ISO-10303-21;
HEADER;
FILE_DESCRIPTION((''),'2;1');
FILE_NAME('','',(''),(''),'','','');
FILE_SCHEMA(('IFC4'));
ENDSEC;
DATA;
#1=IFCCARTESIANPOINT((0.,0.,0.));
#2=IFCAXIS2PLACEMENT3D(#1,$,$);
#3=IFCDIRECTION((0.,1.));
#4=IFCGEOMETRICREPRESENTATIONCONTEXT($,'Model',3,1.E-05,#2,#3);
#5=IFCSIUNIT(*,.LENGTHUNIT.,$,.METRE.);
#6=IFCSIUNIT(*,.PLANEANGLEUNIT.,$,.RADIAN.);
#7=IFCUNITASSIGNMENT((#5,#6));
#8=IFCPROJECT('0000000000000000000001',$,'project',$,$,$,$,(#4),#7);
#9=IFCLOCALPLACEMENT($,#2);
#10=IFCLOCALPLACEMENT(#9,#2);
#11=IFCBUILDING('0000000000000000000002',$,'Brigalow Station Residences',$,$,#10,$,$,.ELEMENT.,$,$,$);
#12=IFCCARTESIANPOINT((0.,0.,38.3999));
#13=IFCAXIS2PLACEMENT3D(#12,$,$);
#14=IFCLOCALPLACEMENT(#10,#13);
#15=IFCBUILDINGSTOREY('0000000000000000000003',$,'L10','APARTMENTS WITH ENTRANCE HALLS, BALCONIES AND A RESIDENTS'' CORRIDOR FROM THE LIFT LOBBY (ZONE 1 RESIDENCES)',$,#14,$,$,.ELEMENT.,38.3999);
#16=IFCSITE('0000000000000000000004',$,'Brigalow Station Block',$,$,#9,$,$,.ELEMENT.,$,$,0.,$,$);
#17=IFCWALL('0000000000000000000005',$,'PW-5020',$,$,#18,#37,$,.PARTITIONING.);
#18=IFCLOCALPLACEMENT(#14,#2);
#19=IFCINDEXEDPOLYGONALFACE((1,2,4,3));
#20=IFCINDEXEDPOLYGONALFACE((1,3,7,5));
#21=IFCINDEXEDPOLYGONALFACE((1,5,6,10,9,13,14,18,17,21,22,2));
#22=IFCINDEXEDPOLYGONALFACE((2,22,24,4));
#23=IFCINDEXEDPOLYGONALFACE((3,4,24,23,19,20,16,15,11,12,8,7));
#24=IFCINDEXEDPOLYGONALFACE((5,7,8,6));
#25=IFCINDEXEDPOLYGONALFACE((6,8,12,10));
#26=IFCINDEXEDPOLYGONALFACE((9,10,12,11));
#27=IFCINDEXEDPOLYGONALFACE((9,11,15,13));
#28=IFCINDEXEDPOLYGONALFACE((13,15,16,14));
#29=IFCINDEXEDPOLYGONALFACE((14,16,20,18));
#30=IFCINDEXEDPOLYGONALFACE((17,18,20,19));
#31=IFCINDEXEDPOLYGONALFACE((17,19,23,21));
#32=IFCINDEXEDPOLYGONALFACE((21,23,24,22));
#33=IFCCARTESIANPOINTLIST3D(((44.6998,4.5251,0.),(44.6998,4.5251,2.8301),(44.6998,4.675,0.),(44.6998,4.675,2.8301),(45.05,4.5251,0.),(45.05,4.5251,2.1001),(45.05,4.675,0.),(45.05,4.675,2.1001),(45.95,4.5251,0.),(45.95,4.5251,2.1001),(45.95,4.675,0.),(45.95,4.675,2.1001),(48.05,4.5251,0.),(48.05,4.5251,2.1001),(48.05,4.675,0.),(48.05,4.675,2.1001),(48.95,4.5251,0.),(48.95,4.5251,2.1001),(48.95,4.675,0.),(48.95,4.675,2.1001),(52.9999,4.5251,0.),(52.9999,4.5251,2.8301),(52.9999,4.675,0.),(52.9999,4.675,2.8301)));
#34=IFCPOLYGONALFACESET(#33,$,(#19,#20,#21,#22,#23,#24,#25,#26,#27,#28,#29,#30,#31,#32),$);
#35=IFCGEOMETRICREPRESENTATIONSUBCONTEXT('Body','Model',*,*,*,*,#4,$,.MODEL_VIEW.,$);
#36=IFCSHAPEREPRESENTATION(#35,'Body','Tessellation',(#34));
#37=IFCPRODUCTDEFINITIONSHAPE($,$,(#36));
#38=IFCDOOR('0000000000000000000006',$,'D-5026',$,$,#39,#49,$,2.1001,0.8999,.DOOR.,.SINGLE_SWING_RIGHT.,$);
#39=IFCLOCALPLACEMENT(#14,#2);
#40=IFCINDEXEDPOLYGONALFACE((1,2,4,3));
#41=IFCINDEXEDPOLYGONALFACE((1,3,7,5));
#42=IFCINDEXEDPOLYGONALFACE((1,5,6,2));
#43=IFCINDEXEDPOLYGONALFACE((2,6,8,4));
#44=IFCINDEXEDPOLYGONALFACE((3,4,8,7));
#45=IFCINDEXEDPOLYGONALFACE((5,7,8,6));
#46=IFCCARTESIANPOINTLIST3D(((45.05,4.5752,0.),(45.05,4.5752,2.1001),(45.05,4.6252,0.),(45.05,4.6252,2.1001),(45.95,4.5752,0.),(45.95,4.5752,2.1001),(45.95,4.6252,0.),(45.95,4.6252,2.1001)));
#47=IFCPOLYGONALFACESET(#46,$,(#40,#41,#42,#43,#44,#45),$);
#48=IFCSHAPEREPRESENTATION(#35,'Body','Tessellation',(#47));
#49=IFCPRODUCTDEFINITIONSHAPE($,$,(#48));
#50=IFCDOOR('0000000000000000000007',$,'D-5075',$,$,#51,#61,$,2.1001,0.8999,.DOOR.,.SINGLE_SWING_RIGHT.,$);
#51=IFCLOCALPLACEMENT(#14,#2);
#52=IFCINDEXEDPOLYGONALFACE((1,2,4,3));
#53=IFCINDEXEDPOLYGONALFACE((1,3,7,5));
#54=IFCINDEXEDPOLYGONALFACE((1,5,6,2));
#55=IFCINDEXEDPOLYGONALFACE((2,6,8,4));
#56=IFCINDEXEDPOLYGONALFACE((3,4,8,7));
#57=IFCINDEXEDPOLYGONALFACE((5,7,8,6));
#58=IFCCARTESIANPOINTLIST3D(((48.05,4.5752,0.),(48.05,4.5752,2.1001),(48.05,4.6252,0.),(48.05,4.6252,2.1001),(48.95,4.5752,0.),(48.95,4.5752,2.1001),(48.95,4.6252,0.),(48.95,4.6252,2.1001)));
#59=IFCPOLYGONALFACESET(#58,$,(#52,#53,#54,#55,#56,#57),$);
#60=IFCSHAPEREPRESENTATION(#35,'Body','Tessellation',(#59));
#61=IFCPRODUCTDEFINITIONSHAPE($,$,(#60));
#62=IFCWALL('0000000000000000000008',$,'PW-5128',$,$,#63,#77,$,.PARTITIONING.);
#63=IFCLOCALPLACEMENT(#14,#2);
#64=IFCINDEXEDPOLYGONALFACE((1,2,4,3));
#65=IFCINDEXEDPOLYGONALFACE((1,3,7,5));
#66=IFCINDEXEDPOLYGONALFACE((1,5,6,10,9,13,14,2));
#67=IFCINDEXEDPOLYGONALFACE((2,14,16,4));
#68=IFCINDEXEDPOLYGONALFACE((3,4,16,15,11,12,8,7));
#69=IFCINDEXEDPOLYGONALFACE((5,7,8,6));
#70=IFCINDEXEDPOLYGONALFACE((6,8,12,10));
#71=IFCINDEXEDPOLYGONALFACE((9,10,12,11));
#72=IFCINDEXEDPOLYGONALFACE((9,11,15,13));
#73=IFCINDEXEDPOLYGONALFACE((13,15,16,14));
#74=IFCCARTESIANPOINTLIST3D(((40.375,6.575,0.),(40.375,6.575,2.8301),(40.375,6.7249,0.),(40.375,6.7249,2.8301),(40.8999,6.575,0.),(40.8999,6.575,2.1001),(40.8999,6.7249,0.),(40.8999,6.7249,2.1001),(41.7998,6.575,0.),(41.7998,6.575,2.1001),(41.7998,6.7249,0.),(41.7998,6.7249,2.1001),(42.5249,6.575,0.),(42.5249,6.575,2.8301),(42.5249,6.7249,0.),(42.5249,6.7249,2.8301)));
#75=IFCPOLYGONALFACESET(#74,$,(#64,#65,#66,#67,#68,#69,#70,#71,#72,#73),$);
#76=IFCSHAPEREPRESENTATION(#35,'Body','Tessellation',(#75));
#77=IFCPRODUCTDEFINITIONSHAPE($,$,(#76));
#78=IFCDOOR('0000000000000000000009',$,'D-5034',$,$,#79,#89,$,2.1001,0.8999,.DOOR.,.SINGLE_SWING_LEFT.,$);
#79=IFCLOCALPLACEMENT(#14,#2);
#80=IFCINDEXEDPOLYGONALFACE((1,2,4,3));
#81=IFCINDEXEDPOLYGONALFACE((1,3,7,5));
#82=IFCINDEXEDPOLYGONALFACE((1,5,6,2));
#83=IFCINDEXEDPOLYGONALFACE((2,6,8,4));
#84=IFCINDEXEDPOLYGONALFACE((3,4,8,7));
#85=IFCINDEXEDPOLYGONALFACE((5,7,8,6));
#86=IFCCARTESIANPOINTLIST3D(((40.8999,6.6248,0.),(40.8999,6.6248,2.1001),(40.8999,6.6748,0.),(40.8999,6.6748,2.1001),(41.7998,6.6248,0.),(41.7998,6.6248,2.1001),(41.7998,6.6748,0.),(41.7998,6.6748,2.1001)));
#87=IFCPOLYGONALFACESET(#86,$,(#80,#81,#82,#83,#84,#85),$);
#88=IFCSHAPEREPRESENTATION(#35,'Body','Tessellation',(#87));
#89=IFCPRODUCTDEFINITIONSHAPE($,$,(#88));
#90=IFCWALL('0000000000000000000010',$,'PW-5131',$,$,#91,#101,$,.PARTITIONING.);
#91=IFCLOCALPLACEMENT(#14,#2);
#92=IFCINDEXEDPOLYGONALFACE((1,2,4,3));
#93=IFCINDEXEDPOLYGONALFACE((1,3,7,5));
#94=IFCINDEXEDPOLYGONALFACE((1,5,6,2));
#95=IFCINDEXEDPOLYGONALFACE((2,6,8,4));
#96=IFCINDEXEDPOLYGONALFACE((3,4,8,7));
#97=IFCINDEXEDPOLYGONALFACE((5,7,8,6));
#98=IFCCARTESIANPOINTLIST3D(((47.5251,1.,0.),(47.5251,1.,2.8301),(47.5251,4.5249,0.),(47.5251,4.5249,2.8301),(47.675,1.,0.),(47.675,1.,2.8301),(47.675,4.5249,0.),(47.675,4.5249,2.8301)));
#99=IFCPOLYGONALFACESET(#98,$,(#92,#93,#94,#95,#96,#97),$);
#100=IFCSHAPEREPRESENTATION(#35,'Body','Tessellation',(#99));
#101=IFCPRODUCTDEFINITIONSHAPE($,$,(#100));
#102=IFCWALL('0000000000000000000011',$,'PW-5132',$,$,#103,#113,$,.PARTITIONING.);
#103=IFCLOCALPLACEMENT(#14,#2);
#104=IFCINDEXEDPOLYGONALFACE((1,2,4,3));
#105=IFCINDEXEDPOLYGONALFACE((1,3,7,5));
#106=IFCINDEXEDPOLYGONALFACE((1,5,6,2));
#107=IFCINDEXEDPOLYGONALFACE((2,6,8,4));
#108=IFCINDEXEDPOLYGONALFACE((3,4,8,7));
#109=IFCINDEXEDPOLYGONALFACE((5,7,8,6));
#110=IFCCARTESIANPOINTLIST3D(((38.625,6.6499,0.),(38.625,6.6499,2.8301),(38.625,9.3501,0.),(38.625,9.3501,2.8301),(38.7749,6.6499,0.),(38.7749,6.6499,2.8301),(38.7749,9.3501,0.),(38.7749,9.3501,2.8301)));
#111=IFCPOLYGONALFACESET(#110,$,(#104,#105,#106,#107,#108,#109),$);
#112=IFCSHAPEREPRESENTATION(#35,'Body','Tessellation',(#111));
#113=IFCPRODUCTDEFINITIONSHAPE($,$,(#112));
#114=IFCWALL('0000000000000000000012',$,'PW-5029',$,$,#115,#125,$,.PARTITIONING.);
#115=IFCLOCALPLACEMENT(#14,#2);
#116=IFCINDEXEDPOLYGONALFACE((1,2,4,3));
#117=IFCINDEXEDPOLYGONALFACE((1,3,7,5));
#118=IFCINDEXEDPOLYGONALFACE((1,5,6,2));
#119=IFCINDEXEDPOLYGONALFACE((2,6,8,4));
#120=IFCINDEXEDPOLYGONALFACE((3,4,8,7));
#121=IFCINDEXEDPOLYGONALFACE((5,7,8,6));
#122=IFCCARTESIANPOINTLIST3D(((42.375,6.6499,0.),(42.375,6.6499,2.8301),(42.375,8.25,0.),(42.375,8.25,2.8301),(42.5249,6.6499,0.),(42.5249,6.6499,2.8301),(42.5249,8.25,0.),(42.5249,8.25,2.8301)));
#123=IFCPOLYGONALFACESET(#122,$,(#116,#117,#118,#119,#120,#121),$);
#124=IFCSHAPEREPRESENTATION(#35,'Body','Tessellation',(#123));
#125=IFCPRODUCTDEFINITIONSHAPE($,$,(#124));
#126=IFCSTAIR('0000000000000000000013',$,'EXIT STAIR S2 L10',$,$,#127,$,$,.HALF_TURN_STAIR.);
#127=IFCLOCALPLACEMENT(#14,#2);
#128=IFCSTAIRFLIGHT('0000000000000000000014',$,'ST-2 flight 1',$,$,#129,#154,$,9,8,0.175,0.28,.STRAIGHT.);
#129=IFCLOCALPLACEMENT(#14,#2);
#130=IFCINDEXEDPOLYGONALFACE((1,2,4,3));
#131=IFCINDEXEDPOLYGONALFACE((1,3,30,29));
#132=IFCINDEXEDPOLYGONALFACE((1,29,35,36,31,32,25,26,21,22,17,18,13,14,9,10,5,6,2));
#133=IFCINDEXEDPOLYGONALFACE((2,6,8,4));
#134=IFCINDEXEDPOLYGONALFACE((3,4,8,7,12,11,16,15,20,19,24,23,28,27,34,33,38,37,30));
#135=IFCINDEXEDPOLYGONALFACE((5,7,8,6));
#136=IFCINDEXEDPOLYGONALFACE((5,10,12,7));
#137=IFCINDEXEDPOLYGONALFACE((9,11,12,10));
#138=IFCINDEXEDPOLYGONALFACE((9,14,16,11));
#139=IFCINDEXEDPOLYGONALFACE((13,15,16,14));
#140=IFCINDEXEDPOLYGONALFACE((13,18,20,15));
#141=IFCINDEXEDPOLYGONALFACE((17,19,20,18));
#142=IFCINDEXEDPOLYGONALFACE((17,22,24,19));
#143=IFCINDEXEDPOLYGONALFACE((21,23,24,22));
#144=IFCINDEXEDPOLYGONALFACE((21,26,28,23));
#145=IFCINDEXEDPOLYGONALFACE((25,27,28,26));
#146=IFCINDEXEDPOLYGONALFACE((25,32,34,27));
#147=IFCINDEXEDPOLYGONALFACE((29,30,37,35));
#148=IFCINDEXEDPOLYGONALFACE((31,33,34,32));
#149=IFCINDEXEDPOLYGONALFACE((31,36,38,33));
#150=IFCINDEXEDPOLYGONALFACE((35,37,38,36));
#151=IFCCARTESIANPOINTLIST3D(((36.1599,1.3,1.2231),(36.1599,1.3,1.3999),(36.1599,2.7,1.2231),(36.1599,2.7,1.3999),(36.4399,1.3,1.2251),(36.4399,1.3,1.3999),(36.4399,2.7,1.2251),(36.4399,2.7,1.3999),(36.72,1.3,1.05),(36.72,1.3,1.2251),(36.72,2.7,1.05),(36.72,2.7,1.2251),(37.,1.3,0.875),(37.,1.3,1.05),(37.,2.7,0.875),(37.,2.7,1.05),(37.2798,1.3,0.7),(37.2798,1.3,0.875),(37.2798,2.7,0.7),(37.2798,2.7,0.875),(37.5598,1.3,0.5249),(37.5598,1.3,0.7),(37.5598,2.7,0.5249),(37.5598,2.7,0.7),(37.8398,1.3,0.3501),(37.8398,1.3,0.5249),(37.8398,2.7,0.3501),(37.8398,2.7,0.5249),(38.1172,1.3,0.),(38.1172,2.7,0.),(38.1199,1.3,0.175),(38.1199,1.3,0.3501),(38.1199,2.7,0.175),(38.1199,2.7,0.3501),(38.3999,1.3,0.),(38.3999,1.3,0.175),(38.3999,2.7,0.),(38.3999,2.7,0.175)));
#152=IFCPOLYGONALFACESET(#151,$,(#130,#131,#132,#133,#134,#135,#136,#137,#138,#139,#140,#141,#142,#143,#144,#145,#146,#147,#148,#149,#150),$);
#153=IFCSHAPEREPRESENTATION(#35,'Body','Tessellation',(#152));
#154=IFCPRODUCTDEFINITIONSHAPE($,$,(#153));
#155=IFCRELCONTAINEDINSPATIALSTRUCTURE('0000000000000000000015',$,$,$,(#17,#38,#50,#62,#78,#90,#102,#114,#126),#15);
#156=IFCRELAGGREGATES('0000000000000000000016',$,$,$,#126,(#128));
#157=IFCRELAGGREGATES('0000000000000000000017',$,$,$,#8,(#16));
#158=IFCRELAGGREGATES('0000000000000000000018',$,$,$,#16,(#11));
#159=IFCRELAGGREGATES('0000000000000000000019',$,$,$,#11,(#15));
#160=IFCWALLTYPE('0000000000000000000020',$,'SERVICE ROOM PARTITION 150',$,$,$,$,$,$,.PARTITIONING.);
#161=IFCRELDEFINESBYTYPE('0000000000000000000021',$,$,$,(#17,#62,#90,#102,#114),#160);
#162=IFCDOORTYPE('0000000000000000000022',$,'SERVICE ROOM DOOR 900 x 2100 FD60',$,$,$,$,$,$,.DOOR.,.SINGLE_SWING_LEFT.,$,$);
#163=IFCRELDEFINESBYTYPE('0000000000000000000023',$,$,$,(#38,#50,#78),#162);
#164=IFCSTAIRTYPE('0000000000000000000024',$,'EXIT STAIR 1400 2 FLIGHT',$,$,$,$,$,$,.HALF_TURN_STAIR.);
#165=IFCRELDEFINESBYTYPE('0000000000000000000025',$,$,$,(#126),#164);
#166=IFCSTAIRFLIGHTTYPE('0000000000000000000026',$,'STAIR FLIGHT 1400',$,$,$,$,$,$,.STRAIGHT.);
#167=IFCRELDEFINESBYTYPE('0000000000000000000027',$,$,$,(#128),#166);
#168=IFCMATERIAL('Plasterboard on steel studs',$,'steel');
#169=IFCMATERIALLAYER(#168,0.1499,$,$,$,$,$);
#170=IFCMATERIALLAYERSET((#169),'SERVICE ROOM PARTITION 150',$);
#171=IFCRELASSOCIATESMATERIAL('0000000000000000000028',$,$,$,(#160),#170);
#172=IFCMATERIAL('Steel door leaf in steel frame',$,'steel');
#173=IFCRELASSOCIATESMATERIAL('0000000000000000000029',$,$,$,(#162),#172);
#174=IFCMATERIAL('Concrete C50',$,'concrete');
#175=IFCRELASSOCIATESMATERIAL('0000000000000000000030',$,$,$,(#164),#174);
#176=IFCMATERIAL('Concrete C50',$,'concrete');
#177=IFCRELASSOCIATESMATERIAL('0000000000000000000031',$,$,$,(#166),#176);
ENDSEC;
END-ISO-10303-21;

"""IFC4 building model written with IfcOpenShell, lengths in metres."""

from ifc_helpers import new_model, si_unit, direction, frame, frame_2d, origin, place, context, subcontext, project, spatial, polyline, rectangle, outline, extrude, material, layer, layer_set, type_object, element, fill, aggregate, save


model = new_model("IFC4")

# Units and contexts
model_context = context("Model", 3, precision=1e-05, world=origin(), true_north=direction((0.0, 1.0)))
body_context = subcontext(model_context, "Body", "Model", "MODEL_VIEW")
ifc_project = project(units=[si_unit("LENGTHUNIT", "METRE"), si_unit("PLANEANGLEUNIT", "RADIAN")], contexts=[model_context])

# Site, building, storey
site_placement = place(None, origin())
site = spatial("IfcSite", under=ifc_project, at=site_placement, Name="Brigalow Station Block", CompositionType="ELEMENT", RefElevation=0.0)
building_placement = place(site_placement, origin())
building = spatial("IfcBuilding", under=site, at=building_placement, Name="Brigalow Station Residences", CompositionType="ELEMENT")
storey_placement = place(building_placement, frame((0.0, 0.0, 38.3999)))
storey = spatial("IfcBuildingStorey", under=building, at=storey_placement, Name="L10", Description="APARTMENTS WITH ENTRANCE HALLS, BALCONIES AND A RESIDENTS' CORRIDOR FROM THE LIFT LOBBY (ZONE 1 RESIDENCES)", CompositionType="ELEMENT", Elevation=38.3999)

# Wall, openings, doors
ifc_material_1 = material(Name="Plasterboard on steel studs", Category="steel")
ifc_layer_1 = layer(ifc_material_1, 0.1499)
ifc_layer_set_1 = layer_set([ifc_layer_1], Name="SERVICE ROOM PARTITION 150")
wall_type_1 = type_object("IfcWallType", Name="SERVICE ROOM PARTITION 150", PredefinedType="PARTITIONING", material=ifc_layer_set_1)
wall_1_placement = place(storey_placement, frame((44.7, 4.6001, 0.0), z_axis=(0.0, 0.0, 1.0), x_axis=(1.0, 0.0, 0.0)))
wall_1 = element("IfcWall", 1, at=wall_1_placement, inside=storey, type_object=wall_type_1, Name="PW-5020", PredefinedType="PARTITIONING", context=body_context, shape_type="SweptSolid", body=[
    extrude(rectangle(XDim=8.3, YDim=0.1499, at=frame_2d((4.1499, 0.0))), origin(), (0.0, 0.0, 1.0), 2.8301),
])
opening_1_placement = place(wall_1_placement, frame((0.3501, 0.0, 0.0)))
opening_1 = element("IfcOpeningElement", 2, at=opening_1_placement, cuts=wall_1, PredefinedType="OPENING", context=body_context, shape_type="SweptSolid", body=[
    extrude(rectangle(XDim=0.8999, YDim=2.1001, at=frame_2d((0.45, 1.05))), frame((0.0, 0.085, 0.0), z_axis=(0.0, -1.0, 0.0), x_axis=(1.0, 0.0, 0.0)), (0.0, 0.0, 1.0), 0.1699),
])
opening_2_placement = place(wall_1_placement, frame((3.3501, 0.0, 0.0)))
opening_2 = element("IfcOpeningElement", 3, at=opening_2_placement, cuts=wall_1, PredefinedType="OPENING", context=body_context, shape_type="SweptSolid", body=[
    extrude(rectangle(XDim=0.8999, YDim=2.1001, at=frame_2d((0.45, 1.05))), frame((0.0, 0.085, 0.0), z_axis=(0.0, -1.0, 0.0), x_axis=(1.0, 0.0, 0.0)), (0.0, 0.0, 1.0), 0.1699),
])
ifc_material_2 = material(Name="Steel door leaf in steel frame", Category="steel")
door_type_1 = type_object("IfcDoorType", Name="SERVICE ROOM DOOR 900 x 2100 FD60", OperationType="SINGLE_SWING_LEFT", PredefinedType="DOOR", material=ifc_material_2)
door_1_placement = place(opening_1_placement, frame((0.8999, 0.0, 0.0), z_axis=(0.0, 0.0, 1.0), x_axis=(-1.0, 0.0, 0.0)))
door_1 = element("IfcDoor", 4, at=door_1_placement, inside=storey, type_object=door_type_1, Name="D-5026", OperationType="SINGLE_SWING_RIGHT", OverallHeight=2.1001, OverallWidth=0.8999, PredefinedType="DOOR", context=body_context, shape_type="SweptSolid", body=[
    extrude(rectangle(XDim=0.8999, YDim=2.1001, at=frame_2d((0.45, 1.05))), frame((0.0, 0.0249, 0.0), z_axis=(0.0, -1.0, 0.0), x_axis=(1.0, 0.0, 0.0)), (0.0, 0.0, 1.0), 0.05),
])
fill(opening_1, door_1)
door_2_placement = place(opening_2_placement, frame((0.8999, 0.0, 0.0), z_axis=(0.0, 0.0, 1.0), x_axis=(-1.0, 0.0, 0.0)))
door_2 = element("IfcDoor", 5, at=door_2_placement, inside=storey, type_object=door_type_1, Name="D-5075", OperationType="SINGLE_SWING_RIGHT", OverallHeight=2.1001, OverallWidth=0.8999, PredefinedType="DOOR", context=body_context, shape_type="SweptSolid", body=[
    extrude(rectangle(XDim=0.8999, YDim=2.1001, at=frame_2d((0.45, 1.05))), frame((0.0, 0.0249, 0.0), z_axis=(0.0, -1.0, 0.0), x_axis=(1.0, 0.0, 0.0)), (0.0, 0.0, 1.0), 0.05),
])
fill(opening_2, door_2)

# Wall, opening, door
wall_2_placement = place(storey_placement, frame((40.375, 6.6499, 0.0), z_axis=(0.0, 0.0, 1.0), x_axis=(1.0, 0.0, 0.0)))
wall_2 = element("IfcWall", 6, at=wall_2_placement, inside=storey, type_object=wall_type_1, Name="PW-5128", PredefinedType="PARTITIONING", context=body_context, shape_type="SweptSolid", body=[
    extrude(rectangle(XDim=2.1499, YDim=0.1499, at=frame_2d((1.075, 0.0))), origin(), (0.0, 0.0, 1.0), 2.8301),
])
opening_3_placement = place(wall_2_placement, frame((0.5249, 0.0, 0.0)))
opening_3 = element("IfcOpeningElement", 7, at=opening_3_placement, cuts=wall_2, PredefinedType="OPENING", context=body_context, shape_type="SweptSolid", body=[
    extrude(rectangle(XDim=0.8999, YDim=2.1001, at=frame_2d((0.45, 1.05))), frame((0.0, 0.085, 0.0), z_axis=(0.0, -1.0, 0.0), x_axis=(1.0, 0.0, 0.0)), (0.0, 0.0, 1.0), 0.1699),
])
door_3_placement = place(opening_3_placement, origin())
door_3 = element("IfcDoor", 8, at=door_3_placement, inside=storey, type_object=door_type_1, Name="D-5034", OperationType="SINGLE_SWING_LEFT", OverallHeight=2.1001, OverallWidth=0.8999, PredefinedType="DOOR", context=body_context, shape_type="SweptSolid", body=[
    extrude(rectangle(XDim=0.8999, YDim=2.1001, at=frame_2d((0.45, 1.05))), frame((0.0, 0.0249, 0.0), z_axis=(0.0, -1.0, 0.0), x_axis=(1.0, 0.0, 0.0)), (0.0, 0.0, 1.0), 0.05),
])
fill(opening_3, door_3)

# Walls
wall_3_placement = place(storey_placement, frame((47.6001, 1.0, 0.0), z_axis=(0.0, 0.0, 1.0), x_axis=(0.0, 1.0, 0.0)))
element("IfcWall", 9, at=wall_3_placement, inside=storey, type_object=wall_type_1, Name="PW-5131", PredefinedType="PARTITIONING", context=body_context, shape_type="SweptSolid", body=[
    extrude(rectangle(XDim=3.5249, YDim=0.1499, at=frame_2d((1.7625, 0.0))), origin(), (0.0, 0.0, 1.0), 2.8301),
])
wall_4_placement = place(storey_placement, frame((38.7, 6.6499, 0.0), z_axis=(0.0, 0.0, 1.0), x_axis=(0.0, 1.0, 0.0)))
element("IfcWall", 10, at=wall_4_placement, inside=storey, type_object=wall_type_1, Name="PW-5132", PredefinedType="PARTITIONING", context=body_context, shape_type="SweptSolid", body=[
    extrude(rectangle(XDim=2.7002, YDim=0.1499, at=frame_2d((1.3501, 0.0))), origin(), (0.0, 0.0, 1.0), 2.8301),
])
wall_5_placement = place(storey_placement, frame((42.45, 6.6499, 0.0), z_axis=(0.0, 0.0, 1.0), x_axis=(0.0, 1.0, 0.0)))
element("IfcWall", 11, at=wall_5_placement, inside=storey, type_object=wall_type_1, Name="PW-5029", PredefinedType="PARTITIONING", context=body_context, shape_type="SweptSolid", body=[
    extrude(rectangle(XDim=1.6001, YDim=0.1499, at=frame_2d((0.8, 0.0))), origin(), (0.0, 0.0, 1.0), 2.8301),
])

# Stair, stair flight
ifc_material_3 = material(Name="Concrete C50", Category="concrete")
stair_type = type_object("IfcStairType", Name="EXIT STAIR 1400 2 FLIGHT", PredefinedType="HALF_TURN_STAIR", material=ifc_material_3)
stair_placement = place(storey_placement, origin())
stair = element("IfcStair", 12, at=stair_placement, inside=storey, type_object=stair_type, Name="EXIT STAIR S2 L10", PredefinedType="HALF_TURN_STAIR")
ifc_material_4 = material(Name="Concrete C50", Category="concrete")
stair_flight_type = type_object("IfcStairFlightType", Name="STAIR FLIGHT 1400", PredefinedType="STRAIGHT", material=ifc_material_4)
stair_flight_1_placement = place(storey_placement, frame((38.3999, 2.0, 0.0), z_axis=(0.0, 0.0, 1.0), x_axis=(-1.0, 0.0, 0.0)))
stair_flight_1 = element("IfcStairFlight", 13, at=stair_flight_1_placement, type_object=stair_flight_type, Name="ST-2 flight 1", NumberOfRisers=9, NumberOfTreads=8, PredefinedType="STRAIGHT", RiserHeight=0.175, TreadLength=0.28, context=body_context, shape_type="SweptSolid", body=[
    extrude(outline(polyline([(0.0, 0.0), (0.0, 0.175), (0.28, 0.175), (0.28, 0.3501), (0.5601, 0.3501), (0.5601, 0.5249), (0.8401, 0.5249), (0.8401, 0.7), (1.1201, 0.7), (1.1201, 0.875), (1.3999, 0.875), (1.3999, 1.05), (1.6799, 1.05), (1.6799, 1.2251), (1.96, 1.2251), (1.96, 1.3999), (2.24, 1.3999), (2.24, 1.575), (2.24, 1.2231), (0.2827, 0.0), (0.0, 0.0)])), frame((0.0, 0.7, 0.0), z_axis=(0.0, -1.0, 0.0), x_axis=(1.0, 0.0, 0.0)), (0.0, 0.0, 1.0), 1.3999),
])
aggregate(stair, [stair_flight_1])

save(model, "model.ifc")
